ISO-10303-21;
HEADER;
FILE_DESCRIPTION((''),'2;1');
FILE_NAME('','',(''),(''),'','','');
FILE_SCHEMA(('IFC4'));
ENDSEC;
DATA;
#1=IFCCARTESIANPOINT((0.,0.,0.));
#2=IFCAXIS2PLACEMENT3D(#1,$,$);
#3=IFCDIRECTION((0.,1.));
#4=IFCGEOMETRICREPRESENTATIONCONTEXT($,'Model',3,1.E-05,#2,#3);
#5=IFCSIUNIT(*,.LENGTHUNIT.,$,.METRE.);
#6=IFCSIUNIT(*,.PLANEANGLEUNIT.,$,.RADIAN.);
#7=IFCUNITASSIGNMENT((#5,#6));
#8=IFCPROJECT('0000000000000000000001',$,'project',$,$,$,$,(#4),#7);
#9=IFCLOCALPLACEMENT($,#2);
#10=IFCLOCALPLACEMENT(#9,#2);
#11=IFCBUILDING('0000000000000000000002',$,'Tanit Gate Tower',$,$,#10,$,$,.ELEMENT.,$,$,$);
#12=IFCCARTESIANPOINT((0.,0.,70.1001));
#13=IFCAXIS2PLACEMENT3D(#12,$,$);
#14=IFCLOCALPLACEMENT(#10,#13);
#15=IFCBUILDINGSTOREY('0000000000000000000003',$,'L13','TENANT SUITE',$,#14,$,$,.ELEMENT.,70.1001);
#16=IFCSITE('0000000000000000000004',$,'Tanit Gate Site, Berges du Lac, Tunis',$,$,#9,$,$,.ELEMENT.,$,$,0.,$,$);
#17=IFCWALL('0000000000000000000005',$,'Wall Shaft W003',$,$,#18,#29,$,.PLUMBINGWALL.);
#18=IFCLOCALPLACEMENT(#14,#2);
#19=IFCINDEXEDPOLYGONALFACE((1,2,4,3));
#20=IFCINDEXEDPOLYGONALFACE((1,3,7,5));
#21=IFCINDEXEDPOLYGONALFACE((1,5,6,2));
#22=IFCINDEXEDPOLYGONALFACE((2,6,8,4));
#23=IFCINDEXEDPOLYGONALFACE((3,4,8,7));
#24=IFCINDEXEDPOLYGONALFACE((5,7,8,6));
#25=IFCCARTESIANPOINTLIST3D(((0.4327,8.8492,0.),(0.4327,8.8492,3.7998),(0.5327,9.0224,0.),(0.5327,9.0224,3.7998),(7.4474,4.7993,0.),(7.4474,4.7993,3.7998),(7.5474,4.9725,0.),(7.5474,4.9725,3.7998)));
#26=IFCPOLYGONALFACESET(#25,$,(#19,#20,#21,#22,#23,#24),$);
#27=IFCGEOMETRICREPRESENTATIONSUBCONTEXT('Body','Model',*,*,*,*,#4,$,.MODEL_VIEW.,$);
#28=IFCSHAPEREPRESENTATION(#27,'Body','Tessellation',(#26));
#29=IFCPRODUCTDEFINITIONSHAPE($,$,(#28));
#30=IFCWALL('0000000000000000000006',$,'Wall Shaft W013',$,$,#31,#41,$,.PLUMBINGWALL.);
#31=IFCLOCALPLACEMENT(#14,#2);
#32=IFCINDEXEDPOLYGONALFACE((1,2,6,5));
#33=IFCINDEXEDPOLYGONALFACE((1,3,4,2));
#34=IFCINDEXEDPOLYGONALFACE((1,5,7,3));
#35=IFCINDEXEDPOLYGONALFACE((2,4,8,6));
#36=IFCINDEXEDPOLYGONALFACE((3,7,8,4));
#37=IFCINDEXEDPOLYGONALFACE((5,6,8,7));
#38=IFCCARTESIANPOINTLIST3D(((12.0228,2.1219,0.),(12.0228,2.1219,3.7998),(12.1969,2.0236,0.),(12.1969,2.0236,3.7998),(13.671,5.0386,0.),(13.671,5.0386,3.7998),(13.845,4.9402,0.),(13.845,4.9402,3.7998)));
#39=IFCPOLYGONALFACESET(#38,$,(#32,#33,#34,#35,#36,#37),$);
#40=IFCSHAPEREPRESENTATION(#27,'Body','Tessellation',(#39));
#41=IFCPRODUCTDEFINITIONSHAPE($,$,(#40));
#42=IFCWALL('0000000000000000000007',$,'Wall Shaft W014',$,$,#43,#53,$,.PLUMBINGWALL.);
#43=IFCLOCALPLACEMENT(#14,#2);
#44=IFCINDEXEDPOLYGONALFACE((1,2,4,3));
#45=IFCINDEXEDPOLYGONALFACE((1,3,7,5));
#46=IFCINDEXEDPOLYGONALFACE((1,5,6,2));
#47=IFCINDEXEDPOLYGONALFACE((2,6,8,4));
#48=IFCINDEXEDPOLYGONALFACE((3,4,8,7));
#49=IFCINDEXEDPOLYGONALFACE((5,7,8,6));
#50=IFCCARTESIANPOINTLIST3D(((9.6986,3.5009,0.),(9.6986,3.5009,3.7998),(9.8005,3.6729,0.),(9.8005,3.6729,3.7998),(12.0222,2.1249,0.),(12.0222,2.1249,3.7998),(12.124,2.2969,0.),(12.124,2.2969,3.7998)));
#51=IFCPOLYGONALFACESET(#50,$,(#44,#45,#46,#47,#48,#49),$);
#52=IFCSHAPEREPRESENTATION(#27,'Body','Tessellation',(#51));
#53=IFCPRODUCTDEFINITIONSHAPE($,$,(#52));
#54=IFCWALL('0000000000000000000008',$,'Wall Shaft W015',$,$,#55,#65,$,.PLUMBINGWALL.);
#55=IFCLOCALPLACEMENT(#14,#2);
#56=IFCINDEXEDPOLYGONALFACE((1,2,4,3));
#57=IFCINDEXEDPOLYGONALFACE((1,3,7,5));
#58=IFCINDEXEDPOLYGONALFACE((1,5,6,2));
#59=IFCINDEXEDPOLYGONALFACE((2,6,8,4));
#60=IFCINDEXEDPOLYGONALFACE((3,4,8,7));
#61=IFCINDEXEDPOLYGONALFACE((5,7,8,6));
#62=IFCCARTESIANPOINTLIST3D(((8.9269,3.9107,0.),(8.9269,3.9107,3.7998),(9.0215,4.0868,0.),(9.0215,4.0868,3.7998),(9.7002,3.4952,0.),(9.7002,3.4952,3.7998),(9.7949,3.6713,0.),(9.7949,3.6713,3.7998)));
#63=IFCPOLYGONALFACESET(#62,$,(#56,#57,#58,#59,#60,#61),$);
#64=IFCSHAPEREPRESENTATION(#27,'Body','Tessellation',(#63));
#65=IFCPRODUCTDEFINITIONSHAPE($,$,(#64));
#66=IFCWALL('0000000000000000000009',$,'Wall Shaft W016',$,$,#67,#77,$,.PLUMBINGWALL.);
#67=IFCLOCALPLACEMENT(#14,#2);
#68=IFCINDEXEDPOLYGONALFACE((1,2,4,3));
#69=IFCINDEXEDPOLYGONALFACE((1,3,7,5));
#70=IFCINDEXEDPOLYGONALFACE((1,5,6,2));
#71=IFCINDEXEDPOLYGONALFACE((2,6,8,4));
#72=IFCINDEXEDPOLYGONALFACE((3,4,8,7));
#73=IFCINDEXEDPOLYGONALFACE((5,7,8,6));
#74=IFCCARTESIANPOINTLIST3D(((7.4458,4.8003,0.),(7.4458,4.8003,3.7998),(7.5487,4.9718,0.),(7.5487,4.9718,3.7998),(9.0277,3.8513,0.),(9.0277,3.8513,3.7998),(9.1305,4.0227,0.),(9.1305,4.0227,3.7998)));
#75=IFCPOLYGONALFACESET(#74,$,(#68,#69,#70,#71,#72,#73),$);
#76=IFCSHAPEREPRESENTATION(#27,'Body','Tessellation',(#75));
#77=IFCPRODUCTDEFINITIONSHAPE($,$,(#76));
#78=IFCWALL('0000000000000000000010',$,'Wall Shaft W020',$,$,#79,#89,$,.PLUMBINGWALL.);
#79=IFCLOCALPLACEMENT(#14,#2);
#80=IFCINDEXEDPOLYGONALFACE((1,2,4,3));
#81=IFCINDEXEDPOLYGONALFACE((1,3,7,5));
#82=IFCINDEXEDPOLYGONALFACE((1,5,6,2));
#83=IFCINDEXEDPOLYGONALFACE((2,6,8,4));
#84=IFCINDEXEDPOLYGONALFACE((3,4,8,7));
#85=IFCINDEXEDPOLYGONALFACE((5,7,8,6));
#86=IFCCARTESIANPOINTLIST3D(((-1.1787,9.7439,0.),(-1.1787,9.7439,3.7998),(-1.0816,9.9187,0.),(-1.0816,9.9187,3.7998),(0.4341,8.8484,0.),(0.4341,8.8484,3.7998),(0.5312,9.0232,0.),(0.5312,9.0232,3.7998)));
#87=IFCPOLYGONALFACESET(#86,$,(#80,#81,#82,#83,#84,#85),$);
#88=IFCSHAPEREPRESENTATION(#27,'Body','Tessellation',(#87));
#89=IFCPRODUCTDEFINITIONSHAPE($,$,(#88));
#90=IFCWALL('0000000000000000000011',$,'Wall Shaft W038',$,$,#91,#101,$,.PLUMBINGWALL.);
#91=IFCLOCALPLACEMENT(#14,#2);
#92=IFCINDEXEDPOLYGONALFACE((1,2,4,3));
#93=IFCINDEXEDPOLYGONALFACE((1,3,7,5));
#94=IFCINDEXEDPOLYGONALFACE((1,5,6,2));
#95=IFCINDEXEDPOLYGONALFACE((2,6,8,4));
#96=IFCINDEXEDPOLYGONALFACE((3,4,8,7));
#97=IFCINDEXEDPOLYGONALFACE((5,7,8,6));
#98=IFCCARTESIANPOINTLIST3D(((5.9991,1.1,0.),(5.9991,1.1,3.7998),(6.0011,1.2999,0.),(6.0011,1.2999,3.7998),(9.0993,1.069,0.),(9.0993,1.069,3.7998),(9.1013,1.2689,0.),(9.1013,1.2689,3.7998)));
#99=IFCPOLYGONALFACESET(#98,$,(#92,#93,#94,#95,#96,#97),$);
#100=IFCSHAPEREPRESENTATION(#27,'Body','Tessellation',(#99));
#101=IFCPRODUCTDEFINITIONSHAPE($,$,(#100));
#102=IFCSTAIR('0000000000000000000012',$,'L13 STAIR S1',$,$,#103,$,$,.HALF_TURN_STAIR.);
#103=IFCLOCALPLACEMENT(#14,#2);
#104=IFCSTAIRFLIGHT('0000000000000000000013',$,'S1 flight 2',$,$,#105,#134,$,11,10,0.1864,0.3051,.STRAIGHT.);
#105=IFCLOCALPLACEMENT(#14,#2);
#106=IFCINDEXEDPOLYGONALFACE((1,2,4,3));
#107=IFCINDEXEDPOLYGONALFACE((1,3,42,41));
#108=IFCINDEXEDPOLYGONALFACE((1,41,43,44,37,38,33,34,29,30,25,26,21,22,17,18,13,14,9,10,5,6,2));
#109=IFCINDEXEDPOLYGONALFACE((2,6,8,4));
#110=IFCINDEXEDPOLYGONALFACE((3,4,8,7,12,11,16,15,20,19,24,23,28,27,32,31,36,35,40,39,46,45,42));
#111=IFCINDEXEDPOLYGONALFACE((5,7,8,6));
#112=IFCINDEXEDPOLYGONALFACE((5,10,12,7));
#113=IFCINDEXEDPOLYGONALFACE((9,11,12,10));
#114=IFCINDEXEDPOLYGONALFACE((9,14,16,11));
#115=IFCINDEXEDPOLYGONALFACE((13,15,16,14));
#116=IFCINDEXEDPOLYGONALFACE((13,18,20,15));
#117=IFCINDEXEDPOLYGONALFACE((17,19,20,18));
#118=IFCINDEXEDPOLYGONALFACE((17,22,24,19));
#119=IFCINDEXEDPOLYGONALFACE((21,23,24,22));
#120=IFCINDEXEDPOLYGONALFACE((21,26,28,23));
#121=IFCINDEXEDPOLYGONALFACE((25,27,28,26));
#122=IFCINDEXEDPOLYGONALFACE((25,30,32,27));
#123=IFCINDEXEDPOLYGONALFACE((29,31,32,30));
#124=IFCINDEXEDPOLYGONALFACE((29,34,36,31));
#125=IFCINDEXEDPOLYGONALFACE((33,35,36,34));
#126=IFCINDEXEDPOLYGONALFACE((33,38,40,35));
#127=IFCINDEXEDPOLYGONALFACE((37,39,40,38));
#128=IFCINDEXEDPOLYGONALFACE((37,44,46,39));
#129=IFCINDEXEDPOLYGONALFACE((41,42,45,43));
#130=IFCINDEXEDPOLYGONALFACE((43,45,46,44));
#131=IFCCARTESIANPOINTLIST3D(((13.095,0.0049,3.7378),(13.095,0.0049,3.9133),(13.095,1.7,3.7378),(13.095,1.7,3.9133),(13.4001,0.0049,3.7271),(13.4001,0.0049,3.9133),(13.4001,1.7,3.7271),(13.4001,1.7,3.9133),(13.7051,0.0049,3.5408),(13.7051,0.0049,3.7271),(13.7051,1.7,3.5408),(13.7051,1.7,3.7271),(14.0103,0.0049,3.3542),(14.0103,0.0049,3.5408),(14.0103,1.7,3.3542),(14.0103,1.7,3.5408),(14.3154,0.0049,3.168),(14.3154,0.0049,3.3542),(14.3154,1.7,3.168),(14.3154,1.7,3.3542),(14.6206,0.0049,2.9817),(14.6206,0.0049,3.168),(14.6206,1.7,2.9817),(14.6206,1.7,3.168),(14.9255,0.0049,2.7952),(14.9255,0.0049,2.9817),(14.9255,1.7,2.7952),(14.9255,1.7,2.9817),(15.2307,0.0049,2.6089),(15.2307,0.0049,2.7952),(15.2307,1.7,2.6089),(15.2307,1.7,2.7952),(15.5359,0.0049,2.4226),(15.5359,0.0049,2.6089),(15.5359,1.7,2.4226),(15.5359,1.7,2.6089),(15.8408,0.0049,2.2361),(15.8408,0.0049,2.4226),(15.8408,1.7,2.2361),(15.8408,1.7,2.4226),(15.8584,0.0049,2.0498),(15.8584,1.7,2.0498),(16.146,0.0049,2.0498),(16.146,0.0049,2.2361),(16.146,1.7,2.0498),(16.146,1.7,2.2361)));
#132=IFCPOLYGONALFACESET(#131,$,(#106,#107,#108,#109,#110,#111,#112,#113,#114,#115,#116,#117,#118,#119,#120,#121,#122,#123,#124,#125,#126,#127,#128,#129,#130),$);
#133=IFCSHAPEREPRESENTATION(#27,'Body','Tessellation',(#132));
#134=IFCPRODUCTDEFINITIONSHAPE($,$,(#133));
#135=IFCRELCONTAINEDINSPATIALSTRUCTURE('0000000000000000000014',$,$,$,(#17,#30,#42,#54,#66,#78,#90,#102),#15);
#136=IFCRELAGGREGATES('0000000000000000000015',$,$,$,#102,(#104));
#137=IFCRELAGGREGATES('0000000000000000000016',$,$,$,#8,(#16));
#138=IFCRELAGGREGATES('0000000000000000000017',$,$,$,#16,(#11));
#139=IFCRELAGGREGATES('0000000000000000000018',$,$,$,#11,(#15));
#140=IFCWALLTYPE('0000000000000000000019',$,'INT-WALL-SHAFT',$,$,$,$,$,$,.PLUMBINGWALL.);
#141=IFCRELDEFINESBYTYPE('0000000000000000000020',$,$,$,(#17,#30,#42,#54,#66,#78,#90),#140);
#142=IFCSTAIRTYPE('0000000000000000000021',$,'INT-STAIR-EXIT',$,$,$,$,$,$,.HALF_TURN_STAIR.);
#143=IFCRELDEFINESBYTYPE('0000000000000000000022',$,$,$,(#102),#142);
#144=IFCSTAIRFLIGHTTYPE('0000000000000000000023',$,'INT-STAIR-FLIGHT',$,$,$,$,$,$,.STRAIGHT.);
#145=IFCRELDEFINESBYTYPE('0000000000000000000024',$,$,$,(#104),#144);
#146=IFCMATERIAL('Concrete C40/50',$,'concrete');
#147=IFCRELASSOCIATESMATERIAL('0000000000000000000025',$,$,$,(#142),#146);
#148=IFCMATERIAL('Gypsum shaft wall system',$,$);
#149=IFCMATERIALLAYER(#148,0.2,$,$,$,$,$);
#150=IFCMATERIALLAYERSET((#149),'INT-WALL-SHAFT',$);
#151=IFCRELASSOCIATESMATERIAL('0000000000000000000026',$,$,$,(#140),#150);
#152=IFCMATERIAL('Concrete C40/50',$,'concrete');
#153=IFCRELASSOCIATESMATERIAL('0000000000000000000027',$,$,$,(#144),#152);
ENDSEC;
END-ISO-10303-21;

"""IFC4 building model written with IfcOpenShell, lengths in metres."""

from ifc_helpers import new_model, si_unit, direction, frame, frame_2d, origin, place, context, subcontext, project, spatial, polyline, rectangle, outline, extrude, material, layer, layer_set, type_object, element, aggregate, save


model = new_model("IFC4")

# Units and contexts
model_context = context("Model", 3, precision=1e-05, world=origin(), true_north=direction((0.0, 1.0)))
body_context = subcontext(model_context, "Body", "Model", "MODEL_VIEW")
ifc_project = project(units=[si_unit("LENGTHUNIT", "METRE"), si_unit("PLANEANGLEUNIT", "RADIAN")], contexts=[model_context])

# Site, building, storey
site_placement = place(None, origin())
site = spatial("IfcSite", under=ifc_project, at=site_placement, Name="Tanit Gate Site, Berges du Lac, Tunis", CompositionType="ELEMENT", RefElevation=0.0)
building_placement = place(site_placement, origin())
building = spatial("IfcBuilding", under=site, at=building_placement, Name="Tanit Gate Tower", CompositionType="ELEMENT")
storey_placement = place(building_placement, frame((0.0, 0.0, 70.1001)))
storey = spatial("IfcBuildingStorey", under=building, at=storey_placement, Name="L13", Description="TENANT SUITE", CompositionType="ELEMENT", Elevation=70.1001)

# Shared definitions
ifc_material_1 = material(Name="Concrete C40/50", Category="concrete")
stair_type = type_object("IfcStairType", Name="INT-STAIR-EXIT", PredefinedType="HALF_TURN_STAIR", material=ifc_material_1)

# Walls
ifc_material_2 = material(Name="Gypsum shaft wall system")
ifc_layer_1 = layer(ifc_material_2, 0.2)
ifc_layer_set_1 = layer_set([ifc_layer_1], Name="INT-WALL-SHAFT")
wall_type_1 = type_object("IfcWallType", Name="INT-WALL-SHAFT", PredefinedType="PLUMBINGWALL", material=ifc_layer_set_1)
wall_1_placement = place(storey_placement, frame((7.4973, 4.886, 0.0), z_axis=(0.0, 0.0, 1.0), x_axis=(-0.866031, 0.49999, 0.0)))
element("IfcWall", 1, at=wall_1_placement, inside=storey, type_object=wall_type_1, Name="Wall Shaft W003", PredefinedType="PLUMBINGWALL", context=body_context, shape_type="SweptSolid", body=[
    extrude(rectangle(XDim=8.0999, YDim=0.2, at=frame_2d((4.0498, 0.0))), origin(), (0.0, 0.0, 1.0), 3.7998),
])
wall_2_placement = place(storey_placement, frame((12.1099, 2.0728, 0.0), z_axis=(0.0, 0.0, 1.0), x_axis=(0.491966, 0.870614, 0.0)))
element("IfcWall", 2, at=wall_2_placement, inside=storey, type_object=wall_type_1, Name="Wall Shaft W013", PredefinedType="PLUMBINGWALL", context=body_context, shape_type="SweptSolid", body=[
    extrude(rectangle(XDim=3.3501, YDim=0.2, at=frame_2d((1.675, 0.0))), origin(), (0.0, 0.0, 1.0), 3.7998),
])
wall_3_placement = place(storey_placement, frame((12.073, 2.2109, 0.0), z_axis=(0.0, 0.0, 1.0), x_axis=(-0.860438, 0.509555, 0.0)))
element("IfcWall", 3, at=wall_3_placement, inside=storey, type_object=wall_type_1, Name="Wall Shaft W014", PredefinedType="PLUMBINGWALL", context=body_context, shape_type="SweptSolid", body=[
    extrude(rectangle(XDim=2.7004, YDim=0.2, at=frame_2d((1.3501, 0.0))), origin(), (0.0, 0.0, 1.0), 3.7998),
])
wall_4_placement = place(storey_placement, frame((9.7476, 3.5833, 0.0), z_axis=(0.0, 0.0, 1.0), x_axis=(-0.880917, 0.473271, 0.0)))
element("IfcWall", 4, at=wall_4_placement, inside=storey, type_object=wall_type_1, Name="Wall Shaft W015", PredefinedType="PLUMBINGWALL", context=body_context, shape_type="SweptSolid", body=[
    extrude(rectangle(XDim=0.8779, YDim=0.2, at=frame_2d((0.439, 0.0))), origin(), (0.0, 0.0, 1.0), 3.7998),
])
for number, where, z_axis, x_axis, name in (
    (5, (9.0791, 3.937, 0.0), (0.0, 0.0, 1.0), (-0.857516, 0.514457, 0.0), "Wall Shaft W016"),
    (6, (0.4827, 8.9358, 0.0), (0.0, 0.0, 1.0), (-0.87427, 0.485441, 0.0), "Wall Shaft W020"),
):
    element("IfcWall", number, at=place(storey_placement, frame(where, z_axis=z_axis, x_axis=x_axis)), inside=storey, type_object=wall_type_1, Name=name, PredefinedType="PLUMBINGWALL", context=body_context, shape_type="SweptSolid", body=[
        extrude(rectangle(XDim=1.8447, YDim=0.2, at=frame_2d((0.9224, 0.0))), origin(), (0.0, 0.0, 1.0), 3.7998),
    ])

# Wall
wall_5_placement = place(storey_placement, frame((6.0, 1.2, 0.0), z_axis=(0.0, 0.0, 1.0), x_axis=(0.99995, -0.010001, 0.0)))
element("IfcWall", 7, at=wall_5_placement, inside=storey, type_object=wall_type_1, Name="Wall Shaft W038", PredefinedType="PLUMBINGWALL", context=body_context, shape_type="SweptSolid", body=[
    extrude(rectangle(XDim=3.1003, YDim=0.2, at=frame_2d((1.5503, 0.0))), origin(), (0.0, 0.0, 1.0), 3.7998),
])

# Stair, stair flight
stair_1_placement = place(storey_placement, origin())
stair_1 = element("IfcStair", 8, at=stair_1_placement, inside=storey, type_object=stair_type, Name="L13 STAIR S1", PredefinedType="HALF_TURN_STAIR")
ifc_material_3 = material(Name="Concrete C40/50", Category="concrete")
stair_flight_type = type_object("IfcStairFlightType", Name="INT-STAIR-FLIGHT", PredefinedType="STRAIGHT", material=ifc_material_3)
stair_flight_placement = place(storey_placement, frame((16.146, 0.8525, 2.0498), z_axis=(0.0, 0.0, 1.0), x_axis=(-1.0, 0.0, 0.0)))
stair_flight = element("IfcStairFlight", 9, at=stair_flight_placement, type_object=stair_flight_type, Name="S1 flight 2", NumberOfRisers=11, NumberOfTreads=10, PredefinedType="STRAIGHT", RiserHeight=0.1864, TreadLength=0.3051, context=body_context, shape_type="SweptSolid", body=[
    extrude(outline(polyline([(0.0, 0.0), (0.0, 0.1863), (0.3052, 0.1863), (0.3052, 0.3728), (0.6101, 0.3728), (0.6101, 0.5591), (0.9153, 0.5591), (0.9153, 0.7454), (1.2205, 0.7454), (1.2205, 0.9319), (1.5254, 0.9319), (1.5254, 1.1182), (1.8306, 1.1182), (1.8306, 1.3044), (2.1357, 1.3044), (2.1357, 1.491), (2.4409, 1.491), (2.4409, 1.6772), (2.7458, 1.6772), (2.7458, 1.8635), (3.051, 1.8635), (3.051, 2.05), (3.051, 1.688), (0.2876, 0.0), (0.0, 0.0)])), frame((0.0, 0.8477, 0.0), z_axis=(0.0, -1.0, 0.0), x_axis=(1.0, 0.0, 0.0)), (0.0, 0.0, 1.0), 1.6951),
])
aggregate(stair_1, [stair_flight])

save(model, "model.ifc")
